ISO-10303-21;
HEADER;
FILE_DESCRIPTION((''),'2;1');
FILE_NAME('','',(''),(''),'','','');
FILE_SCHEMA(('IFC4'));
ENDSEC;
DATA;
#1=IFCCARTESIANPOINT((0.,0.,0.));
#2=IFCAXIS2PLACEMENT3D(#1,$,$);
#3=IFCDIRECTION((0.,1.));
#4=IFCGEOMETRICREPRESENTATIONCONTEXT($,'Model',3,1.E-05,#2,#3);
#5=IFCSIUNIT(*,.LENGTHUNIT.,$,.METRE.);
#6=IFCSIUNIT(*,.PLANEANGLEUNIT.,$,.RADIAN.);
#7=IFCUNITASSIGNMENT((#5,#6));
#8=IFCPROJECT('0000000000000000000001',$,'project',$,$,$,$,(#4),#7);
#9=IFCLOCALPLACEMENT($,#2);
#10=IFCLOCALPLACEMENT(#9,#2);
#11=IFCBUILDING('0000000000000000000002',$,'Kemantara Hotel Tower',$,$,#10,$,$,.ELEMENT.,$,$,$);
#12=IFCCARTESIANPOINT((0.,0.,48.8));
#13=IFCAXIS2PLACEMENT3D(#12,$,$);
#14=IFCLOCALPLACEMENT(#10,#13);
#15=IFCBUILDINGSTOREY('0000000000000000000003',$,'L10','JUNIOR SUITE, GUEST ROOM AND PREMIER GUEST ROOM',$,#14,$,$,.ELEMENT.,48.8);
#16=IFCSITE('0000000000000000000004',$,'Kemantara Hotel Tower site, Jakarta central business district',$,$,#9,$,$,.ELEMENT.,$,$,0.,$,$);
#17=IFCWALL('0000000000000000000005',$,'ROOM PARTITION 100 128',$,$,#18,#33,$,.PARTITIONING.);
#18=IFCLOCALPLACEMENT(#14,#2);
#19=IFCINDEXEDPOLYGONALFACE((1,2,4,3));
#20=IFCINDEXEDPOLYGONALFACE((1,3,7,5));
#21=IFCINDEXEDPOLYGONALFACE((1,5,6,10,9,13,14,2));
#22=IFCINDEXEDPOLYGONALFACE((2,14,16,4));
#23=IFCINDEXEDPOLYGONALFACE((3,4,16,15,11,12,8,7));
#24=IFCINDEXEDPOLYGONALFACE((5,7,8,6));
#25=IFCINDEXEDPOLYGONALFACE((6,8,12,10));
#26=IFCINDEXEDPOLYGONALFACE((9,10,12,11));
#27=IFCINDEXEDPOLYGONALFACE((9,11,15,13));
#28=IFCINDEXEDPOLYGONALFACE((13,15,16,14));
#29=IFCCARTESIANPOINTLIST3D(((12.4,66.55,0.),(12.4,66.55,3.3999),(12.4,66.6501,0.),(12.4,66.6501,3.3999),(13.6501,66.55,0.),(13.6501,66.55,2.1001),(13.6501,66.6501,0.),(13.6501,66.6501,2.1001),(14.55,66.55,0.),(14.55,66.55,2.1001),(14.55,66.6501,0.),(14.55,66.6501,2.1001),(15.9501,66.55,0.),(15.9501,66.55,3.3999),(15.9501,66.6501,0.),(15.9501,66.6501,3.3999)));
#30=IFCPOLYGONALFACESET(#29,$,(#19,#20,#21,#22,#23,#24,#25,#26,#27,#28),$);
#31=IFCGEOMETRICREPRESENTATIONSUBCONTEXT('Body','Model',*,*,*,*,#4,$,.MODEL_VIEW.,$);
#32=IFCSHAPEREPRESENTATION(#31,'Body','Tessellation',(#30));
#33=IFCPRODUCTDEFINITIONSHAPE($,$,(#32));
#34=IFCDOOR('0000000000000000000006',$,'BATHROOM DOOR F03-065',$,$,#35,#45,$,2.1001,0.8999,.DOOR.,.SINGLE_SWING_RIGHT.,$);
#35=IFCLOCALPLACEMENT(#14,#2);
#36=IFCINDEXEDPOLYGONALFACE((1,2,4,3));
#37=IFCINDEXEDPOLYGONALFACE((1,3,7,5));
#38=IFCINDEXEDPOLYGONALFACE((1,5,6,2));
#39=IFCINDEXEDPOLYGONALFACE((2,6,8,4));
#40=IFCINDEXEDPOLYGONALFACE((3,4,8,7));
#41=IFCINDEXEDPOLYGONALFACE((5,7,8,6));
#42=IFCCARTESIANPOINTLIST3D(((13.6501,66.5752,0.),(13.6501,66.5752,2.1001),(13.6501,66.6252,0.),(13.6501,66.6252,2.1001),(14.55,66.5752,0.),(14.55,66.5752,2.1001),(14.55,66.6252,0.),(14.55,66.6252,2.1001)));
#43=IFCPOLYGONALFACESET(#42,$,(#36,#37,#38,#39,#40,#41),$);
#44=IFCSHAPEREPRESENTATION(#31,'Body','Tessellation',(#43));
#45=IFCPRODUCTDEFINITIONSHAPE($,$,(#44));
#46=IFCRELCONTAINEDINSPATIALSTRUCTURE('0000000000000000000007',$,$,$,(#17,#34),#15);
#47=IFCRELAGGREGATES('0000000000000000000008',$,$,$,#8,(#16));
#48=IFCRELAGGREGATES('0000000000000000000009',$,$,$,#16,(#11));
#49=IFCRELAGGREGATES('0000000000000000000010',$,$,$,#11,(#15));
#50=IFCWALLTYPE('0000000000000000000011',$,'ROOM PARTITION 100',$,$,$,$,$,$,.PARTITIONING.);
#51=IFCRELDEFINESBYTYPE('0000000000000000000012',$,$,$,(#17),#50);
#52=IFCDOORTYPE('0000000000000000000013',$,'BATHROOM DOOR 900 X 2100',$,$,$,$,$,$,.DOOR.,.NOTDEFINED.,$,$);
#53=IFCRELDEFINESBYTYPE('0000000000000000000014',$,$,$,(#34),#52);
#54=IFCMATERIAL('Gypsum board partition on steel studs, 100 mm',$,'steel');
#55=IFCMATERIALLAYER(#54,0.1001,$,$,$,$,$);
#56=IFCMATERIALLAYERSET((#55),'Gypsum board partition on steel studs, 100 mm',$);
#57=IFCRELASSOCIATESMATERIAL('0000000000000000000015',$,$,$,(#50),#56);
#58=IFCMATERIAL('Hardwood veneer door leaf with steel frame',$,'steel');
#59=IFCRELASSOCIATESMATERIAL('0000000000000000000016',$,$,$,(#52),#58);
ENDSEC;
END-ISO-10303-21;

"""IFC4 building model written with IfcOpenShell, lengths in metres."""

from ifc_helpers import new_model, si_unit, direction, frame, frame_2d, origin, place, context, subcontext, project, spatial, rectangle, extrude, material, layer, layer_set, type_object, element, fill, save


model = new_model("IFC4")

# Units and contexts
model_context = context("Model", 3, precision=1e-05, world=origin(), true_north=direction((0.0, 1.0)))
body_context = subcontext(model_context, "Body", "Model", "MODEL_VIEW")
ifc_project = project(units=[si_unit("LENGTHUNIT", "METRE"), si_unit("PLANEANGLEUNIT", "RADIAN")], contexts=[model_context])

# Site, building, storey
site_placement = place(None, origin())
site = spatial("IfcSite", under=ifc_project, at=site_placement, Name="Kemantara Hotel Tower site, Jakarta central business district", CompositionType="ELEMENT", RefElevation=0.0)
building_placement = place(site_placement, origin())
building = spatial("IfcBuilding", under=site, at=building_placement, Name="Kemantara Hotel Tower", CompositionType="ELEMENT")
storey_placement = place(building_placement, frame((0.0, 0.0, 48.8)))
storey = spatial("IfcBuildingStorey", under=building, at=storey_placement, Name="L10", Description="JUNIOR SUITE, GUEST ROOM AND PREMIER GUEST ROOM", CompositionType="ELEMENT", Elevation=48.8)

# Shared definitions
ifc_material_1 = material(Name="Hardwood veneer door leaf with steel frame", Category="steel")

# Shared definitions
ifc_material_2 = material(Name="Gypsum board partition on steel studs, 100 mm", Category="steel")
ifc_layer_1 = layer(ifc_material_2, 0.1001)
ifc_layer_set_1 = layer_set([ifc_layer_1], Name="Gypsum board partition on steel studs, 100 mm")
wall_type_1 = type_object("IfcWallType", Name="ROOM PARTITION 100", PredefinedType="PARTITIONING", material=ifc_layer_set_1)
door_type_1 = type_object("IfcDoorType", Name="BATHROOM DOOR 900 X 2100", OperationType="NOTDEFINED", PredefinedType="DOOR", material=ifc_material_1)

# Wall, opening, door
wall_1_placement = place(storey_placement, frame((15.95, 66.6001, 0.0), z_axis=(0.0, 0.0, 1.0), x_axis=(-1.0, 0.0, 0.0)))
wall_1 = element("IfcWall", 1, at=wall_1_placement, inside=storey, type_object=wall_type_1, Name="ROOM PARTITION 100 128", PredefinedType="PARTITIONING", context=body_context, shape_type="SweptSolid", body=[
    extrude(rectangle(XDim=3.55, YDim=0.1001, at=frame_2d((1.7749, 0.0))), origin(), (0.0, 0.0, 1.0), 3.3999),
])
opening_1_placement = place(wall_1_placement, frame((1.3999, 0.0, 0.0)))
opening_1 = element("IfcOpeningElement", 2, at=opening_1_placement, cuts=wall_1, PredefinedType="OPENING", context=body_context, shape_type="SweptSolid", body=[
    extrude(rectangle(XDim=0.8999, YDim=2.1001, at=frame_2d((0.45, 1.05))), frame((0.0, 0.0601, 0.0), z_axis=(0.0, -1.0, 0.0), x_axis=(1.0, 0.0, 0.0)), (0.0, 0.0, 1.0), 0.1201),
])
door_1_placement = place(opening_1_placement, origin())
door_1 = element("IfcDoor", 3, at=door_1_placement, inside=storey, type_object=door_type_1, Name="BATHROOM DOOR F03-065", OperationType="SINGLE_SWING_RIGHT", OverallHeight=2.1001, OverallWidth=0.8999, PredefinedType="DOOR", context=body_context, shape_type="SweptSolid", body=[
    extrude(rectangle(XDim=0.8999, YDim=2.1001, at=frame_2d((0.45, 1.05))), frame((0.0, 0.0249, 0.0), z_axis=(0.0, -1.0, 0.0), x_axis=(1.0, 0.0, 0.0)), (0.0, 0.0, 1.0), 0.05),
])
fill(opening_1, door_1)

save(model, "model.ifc")
